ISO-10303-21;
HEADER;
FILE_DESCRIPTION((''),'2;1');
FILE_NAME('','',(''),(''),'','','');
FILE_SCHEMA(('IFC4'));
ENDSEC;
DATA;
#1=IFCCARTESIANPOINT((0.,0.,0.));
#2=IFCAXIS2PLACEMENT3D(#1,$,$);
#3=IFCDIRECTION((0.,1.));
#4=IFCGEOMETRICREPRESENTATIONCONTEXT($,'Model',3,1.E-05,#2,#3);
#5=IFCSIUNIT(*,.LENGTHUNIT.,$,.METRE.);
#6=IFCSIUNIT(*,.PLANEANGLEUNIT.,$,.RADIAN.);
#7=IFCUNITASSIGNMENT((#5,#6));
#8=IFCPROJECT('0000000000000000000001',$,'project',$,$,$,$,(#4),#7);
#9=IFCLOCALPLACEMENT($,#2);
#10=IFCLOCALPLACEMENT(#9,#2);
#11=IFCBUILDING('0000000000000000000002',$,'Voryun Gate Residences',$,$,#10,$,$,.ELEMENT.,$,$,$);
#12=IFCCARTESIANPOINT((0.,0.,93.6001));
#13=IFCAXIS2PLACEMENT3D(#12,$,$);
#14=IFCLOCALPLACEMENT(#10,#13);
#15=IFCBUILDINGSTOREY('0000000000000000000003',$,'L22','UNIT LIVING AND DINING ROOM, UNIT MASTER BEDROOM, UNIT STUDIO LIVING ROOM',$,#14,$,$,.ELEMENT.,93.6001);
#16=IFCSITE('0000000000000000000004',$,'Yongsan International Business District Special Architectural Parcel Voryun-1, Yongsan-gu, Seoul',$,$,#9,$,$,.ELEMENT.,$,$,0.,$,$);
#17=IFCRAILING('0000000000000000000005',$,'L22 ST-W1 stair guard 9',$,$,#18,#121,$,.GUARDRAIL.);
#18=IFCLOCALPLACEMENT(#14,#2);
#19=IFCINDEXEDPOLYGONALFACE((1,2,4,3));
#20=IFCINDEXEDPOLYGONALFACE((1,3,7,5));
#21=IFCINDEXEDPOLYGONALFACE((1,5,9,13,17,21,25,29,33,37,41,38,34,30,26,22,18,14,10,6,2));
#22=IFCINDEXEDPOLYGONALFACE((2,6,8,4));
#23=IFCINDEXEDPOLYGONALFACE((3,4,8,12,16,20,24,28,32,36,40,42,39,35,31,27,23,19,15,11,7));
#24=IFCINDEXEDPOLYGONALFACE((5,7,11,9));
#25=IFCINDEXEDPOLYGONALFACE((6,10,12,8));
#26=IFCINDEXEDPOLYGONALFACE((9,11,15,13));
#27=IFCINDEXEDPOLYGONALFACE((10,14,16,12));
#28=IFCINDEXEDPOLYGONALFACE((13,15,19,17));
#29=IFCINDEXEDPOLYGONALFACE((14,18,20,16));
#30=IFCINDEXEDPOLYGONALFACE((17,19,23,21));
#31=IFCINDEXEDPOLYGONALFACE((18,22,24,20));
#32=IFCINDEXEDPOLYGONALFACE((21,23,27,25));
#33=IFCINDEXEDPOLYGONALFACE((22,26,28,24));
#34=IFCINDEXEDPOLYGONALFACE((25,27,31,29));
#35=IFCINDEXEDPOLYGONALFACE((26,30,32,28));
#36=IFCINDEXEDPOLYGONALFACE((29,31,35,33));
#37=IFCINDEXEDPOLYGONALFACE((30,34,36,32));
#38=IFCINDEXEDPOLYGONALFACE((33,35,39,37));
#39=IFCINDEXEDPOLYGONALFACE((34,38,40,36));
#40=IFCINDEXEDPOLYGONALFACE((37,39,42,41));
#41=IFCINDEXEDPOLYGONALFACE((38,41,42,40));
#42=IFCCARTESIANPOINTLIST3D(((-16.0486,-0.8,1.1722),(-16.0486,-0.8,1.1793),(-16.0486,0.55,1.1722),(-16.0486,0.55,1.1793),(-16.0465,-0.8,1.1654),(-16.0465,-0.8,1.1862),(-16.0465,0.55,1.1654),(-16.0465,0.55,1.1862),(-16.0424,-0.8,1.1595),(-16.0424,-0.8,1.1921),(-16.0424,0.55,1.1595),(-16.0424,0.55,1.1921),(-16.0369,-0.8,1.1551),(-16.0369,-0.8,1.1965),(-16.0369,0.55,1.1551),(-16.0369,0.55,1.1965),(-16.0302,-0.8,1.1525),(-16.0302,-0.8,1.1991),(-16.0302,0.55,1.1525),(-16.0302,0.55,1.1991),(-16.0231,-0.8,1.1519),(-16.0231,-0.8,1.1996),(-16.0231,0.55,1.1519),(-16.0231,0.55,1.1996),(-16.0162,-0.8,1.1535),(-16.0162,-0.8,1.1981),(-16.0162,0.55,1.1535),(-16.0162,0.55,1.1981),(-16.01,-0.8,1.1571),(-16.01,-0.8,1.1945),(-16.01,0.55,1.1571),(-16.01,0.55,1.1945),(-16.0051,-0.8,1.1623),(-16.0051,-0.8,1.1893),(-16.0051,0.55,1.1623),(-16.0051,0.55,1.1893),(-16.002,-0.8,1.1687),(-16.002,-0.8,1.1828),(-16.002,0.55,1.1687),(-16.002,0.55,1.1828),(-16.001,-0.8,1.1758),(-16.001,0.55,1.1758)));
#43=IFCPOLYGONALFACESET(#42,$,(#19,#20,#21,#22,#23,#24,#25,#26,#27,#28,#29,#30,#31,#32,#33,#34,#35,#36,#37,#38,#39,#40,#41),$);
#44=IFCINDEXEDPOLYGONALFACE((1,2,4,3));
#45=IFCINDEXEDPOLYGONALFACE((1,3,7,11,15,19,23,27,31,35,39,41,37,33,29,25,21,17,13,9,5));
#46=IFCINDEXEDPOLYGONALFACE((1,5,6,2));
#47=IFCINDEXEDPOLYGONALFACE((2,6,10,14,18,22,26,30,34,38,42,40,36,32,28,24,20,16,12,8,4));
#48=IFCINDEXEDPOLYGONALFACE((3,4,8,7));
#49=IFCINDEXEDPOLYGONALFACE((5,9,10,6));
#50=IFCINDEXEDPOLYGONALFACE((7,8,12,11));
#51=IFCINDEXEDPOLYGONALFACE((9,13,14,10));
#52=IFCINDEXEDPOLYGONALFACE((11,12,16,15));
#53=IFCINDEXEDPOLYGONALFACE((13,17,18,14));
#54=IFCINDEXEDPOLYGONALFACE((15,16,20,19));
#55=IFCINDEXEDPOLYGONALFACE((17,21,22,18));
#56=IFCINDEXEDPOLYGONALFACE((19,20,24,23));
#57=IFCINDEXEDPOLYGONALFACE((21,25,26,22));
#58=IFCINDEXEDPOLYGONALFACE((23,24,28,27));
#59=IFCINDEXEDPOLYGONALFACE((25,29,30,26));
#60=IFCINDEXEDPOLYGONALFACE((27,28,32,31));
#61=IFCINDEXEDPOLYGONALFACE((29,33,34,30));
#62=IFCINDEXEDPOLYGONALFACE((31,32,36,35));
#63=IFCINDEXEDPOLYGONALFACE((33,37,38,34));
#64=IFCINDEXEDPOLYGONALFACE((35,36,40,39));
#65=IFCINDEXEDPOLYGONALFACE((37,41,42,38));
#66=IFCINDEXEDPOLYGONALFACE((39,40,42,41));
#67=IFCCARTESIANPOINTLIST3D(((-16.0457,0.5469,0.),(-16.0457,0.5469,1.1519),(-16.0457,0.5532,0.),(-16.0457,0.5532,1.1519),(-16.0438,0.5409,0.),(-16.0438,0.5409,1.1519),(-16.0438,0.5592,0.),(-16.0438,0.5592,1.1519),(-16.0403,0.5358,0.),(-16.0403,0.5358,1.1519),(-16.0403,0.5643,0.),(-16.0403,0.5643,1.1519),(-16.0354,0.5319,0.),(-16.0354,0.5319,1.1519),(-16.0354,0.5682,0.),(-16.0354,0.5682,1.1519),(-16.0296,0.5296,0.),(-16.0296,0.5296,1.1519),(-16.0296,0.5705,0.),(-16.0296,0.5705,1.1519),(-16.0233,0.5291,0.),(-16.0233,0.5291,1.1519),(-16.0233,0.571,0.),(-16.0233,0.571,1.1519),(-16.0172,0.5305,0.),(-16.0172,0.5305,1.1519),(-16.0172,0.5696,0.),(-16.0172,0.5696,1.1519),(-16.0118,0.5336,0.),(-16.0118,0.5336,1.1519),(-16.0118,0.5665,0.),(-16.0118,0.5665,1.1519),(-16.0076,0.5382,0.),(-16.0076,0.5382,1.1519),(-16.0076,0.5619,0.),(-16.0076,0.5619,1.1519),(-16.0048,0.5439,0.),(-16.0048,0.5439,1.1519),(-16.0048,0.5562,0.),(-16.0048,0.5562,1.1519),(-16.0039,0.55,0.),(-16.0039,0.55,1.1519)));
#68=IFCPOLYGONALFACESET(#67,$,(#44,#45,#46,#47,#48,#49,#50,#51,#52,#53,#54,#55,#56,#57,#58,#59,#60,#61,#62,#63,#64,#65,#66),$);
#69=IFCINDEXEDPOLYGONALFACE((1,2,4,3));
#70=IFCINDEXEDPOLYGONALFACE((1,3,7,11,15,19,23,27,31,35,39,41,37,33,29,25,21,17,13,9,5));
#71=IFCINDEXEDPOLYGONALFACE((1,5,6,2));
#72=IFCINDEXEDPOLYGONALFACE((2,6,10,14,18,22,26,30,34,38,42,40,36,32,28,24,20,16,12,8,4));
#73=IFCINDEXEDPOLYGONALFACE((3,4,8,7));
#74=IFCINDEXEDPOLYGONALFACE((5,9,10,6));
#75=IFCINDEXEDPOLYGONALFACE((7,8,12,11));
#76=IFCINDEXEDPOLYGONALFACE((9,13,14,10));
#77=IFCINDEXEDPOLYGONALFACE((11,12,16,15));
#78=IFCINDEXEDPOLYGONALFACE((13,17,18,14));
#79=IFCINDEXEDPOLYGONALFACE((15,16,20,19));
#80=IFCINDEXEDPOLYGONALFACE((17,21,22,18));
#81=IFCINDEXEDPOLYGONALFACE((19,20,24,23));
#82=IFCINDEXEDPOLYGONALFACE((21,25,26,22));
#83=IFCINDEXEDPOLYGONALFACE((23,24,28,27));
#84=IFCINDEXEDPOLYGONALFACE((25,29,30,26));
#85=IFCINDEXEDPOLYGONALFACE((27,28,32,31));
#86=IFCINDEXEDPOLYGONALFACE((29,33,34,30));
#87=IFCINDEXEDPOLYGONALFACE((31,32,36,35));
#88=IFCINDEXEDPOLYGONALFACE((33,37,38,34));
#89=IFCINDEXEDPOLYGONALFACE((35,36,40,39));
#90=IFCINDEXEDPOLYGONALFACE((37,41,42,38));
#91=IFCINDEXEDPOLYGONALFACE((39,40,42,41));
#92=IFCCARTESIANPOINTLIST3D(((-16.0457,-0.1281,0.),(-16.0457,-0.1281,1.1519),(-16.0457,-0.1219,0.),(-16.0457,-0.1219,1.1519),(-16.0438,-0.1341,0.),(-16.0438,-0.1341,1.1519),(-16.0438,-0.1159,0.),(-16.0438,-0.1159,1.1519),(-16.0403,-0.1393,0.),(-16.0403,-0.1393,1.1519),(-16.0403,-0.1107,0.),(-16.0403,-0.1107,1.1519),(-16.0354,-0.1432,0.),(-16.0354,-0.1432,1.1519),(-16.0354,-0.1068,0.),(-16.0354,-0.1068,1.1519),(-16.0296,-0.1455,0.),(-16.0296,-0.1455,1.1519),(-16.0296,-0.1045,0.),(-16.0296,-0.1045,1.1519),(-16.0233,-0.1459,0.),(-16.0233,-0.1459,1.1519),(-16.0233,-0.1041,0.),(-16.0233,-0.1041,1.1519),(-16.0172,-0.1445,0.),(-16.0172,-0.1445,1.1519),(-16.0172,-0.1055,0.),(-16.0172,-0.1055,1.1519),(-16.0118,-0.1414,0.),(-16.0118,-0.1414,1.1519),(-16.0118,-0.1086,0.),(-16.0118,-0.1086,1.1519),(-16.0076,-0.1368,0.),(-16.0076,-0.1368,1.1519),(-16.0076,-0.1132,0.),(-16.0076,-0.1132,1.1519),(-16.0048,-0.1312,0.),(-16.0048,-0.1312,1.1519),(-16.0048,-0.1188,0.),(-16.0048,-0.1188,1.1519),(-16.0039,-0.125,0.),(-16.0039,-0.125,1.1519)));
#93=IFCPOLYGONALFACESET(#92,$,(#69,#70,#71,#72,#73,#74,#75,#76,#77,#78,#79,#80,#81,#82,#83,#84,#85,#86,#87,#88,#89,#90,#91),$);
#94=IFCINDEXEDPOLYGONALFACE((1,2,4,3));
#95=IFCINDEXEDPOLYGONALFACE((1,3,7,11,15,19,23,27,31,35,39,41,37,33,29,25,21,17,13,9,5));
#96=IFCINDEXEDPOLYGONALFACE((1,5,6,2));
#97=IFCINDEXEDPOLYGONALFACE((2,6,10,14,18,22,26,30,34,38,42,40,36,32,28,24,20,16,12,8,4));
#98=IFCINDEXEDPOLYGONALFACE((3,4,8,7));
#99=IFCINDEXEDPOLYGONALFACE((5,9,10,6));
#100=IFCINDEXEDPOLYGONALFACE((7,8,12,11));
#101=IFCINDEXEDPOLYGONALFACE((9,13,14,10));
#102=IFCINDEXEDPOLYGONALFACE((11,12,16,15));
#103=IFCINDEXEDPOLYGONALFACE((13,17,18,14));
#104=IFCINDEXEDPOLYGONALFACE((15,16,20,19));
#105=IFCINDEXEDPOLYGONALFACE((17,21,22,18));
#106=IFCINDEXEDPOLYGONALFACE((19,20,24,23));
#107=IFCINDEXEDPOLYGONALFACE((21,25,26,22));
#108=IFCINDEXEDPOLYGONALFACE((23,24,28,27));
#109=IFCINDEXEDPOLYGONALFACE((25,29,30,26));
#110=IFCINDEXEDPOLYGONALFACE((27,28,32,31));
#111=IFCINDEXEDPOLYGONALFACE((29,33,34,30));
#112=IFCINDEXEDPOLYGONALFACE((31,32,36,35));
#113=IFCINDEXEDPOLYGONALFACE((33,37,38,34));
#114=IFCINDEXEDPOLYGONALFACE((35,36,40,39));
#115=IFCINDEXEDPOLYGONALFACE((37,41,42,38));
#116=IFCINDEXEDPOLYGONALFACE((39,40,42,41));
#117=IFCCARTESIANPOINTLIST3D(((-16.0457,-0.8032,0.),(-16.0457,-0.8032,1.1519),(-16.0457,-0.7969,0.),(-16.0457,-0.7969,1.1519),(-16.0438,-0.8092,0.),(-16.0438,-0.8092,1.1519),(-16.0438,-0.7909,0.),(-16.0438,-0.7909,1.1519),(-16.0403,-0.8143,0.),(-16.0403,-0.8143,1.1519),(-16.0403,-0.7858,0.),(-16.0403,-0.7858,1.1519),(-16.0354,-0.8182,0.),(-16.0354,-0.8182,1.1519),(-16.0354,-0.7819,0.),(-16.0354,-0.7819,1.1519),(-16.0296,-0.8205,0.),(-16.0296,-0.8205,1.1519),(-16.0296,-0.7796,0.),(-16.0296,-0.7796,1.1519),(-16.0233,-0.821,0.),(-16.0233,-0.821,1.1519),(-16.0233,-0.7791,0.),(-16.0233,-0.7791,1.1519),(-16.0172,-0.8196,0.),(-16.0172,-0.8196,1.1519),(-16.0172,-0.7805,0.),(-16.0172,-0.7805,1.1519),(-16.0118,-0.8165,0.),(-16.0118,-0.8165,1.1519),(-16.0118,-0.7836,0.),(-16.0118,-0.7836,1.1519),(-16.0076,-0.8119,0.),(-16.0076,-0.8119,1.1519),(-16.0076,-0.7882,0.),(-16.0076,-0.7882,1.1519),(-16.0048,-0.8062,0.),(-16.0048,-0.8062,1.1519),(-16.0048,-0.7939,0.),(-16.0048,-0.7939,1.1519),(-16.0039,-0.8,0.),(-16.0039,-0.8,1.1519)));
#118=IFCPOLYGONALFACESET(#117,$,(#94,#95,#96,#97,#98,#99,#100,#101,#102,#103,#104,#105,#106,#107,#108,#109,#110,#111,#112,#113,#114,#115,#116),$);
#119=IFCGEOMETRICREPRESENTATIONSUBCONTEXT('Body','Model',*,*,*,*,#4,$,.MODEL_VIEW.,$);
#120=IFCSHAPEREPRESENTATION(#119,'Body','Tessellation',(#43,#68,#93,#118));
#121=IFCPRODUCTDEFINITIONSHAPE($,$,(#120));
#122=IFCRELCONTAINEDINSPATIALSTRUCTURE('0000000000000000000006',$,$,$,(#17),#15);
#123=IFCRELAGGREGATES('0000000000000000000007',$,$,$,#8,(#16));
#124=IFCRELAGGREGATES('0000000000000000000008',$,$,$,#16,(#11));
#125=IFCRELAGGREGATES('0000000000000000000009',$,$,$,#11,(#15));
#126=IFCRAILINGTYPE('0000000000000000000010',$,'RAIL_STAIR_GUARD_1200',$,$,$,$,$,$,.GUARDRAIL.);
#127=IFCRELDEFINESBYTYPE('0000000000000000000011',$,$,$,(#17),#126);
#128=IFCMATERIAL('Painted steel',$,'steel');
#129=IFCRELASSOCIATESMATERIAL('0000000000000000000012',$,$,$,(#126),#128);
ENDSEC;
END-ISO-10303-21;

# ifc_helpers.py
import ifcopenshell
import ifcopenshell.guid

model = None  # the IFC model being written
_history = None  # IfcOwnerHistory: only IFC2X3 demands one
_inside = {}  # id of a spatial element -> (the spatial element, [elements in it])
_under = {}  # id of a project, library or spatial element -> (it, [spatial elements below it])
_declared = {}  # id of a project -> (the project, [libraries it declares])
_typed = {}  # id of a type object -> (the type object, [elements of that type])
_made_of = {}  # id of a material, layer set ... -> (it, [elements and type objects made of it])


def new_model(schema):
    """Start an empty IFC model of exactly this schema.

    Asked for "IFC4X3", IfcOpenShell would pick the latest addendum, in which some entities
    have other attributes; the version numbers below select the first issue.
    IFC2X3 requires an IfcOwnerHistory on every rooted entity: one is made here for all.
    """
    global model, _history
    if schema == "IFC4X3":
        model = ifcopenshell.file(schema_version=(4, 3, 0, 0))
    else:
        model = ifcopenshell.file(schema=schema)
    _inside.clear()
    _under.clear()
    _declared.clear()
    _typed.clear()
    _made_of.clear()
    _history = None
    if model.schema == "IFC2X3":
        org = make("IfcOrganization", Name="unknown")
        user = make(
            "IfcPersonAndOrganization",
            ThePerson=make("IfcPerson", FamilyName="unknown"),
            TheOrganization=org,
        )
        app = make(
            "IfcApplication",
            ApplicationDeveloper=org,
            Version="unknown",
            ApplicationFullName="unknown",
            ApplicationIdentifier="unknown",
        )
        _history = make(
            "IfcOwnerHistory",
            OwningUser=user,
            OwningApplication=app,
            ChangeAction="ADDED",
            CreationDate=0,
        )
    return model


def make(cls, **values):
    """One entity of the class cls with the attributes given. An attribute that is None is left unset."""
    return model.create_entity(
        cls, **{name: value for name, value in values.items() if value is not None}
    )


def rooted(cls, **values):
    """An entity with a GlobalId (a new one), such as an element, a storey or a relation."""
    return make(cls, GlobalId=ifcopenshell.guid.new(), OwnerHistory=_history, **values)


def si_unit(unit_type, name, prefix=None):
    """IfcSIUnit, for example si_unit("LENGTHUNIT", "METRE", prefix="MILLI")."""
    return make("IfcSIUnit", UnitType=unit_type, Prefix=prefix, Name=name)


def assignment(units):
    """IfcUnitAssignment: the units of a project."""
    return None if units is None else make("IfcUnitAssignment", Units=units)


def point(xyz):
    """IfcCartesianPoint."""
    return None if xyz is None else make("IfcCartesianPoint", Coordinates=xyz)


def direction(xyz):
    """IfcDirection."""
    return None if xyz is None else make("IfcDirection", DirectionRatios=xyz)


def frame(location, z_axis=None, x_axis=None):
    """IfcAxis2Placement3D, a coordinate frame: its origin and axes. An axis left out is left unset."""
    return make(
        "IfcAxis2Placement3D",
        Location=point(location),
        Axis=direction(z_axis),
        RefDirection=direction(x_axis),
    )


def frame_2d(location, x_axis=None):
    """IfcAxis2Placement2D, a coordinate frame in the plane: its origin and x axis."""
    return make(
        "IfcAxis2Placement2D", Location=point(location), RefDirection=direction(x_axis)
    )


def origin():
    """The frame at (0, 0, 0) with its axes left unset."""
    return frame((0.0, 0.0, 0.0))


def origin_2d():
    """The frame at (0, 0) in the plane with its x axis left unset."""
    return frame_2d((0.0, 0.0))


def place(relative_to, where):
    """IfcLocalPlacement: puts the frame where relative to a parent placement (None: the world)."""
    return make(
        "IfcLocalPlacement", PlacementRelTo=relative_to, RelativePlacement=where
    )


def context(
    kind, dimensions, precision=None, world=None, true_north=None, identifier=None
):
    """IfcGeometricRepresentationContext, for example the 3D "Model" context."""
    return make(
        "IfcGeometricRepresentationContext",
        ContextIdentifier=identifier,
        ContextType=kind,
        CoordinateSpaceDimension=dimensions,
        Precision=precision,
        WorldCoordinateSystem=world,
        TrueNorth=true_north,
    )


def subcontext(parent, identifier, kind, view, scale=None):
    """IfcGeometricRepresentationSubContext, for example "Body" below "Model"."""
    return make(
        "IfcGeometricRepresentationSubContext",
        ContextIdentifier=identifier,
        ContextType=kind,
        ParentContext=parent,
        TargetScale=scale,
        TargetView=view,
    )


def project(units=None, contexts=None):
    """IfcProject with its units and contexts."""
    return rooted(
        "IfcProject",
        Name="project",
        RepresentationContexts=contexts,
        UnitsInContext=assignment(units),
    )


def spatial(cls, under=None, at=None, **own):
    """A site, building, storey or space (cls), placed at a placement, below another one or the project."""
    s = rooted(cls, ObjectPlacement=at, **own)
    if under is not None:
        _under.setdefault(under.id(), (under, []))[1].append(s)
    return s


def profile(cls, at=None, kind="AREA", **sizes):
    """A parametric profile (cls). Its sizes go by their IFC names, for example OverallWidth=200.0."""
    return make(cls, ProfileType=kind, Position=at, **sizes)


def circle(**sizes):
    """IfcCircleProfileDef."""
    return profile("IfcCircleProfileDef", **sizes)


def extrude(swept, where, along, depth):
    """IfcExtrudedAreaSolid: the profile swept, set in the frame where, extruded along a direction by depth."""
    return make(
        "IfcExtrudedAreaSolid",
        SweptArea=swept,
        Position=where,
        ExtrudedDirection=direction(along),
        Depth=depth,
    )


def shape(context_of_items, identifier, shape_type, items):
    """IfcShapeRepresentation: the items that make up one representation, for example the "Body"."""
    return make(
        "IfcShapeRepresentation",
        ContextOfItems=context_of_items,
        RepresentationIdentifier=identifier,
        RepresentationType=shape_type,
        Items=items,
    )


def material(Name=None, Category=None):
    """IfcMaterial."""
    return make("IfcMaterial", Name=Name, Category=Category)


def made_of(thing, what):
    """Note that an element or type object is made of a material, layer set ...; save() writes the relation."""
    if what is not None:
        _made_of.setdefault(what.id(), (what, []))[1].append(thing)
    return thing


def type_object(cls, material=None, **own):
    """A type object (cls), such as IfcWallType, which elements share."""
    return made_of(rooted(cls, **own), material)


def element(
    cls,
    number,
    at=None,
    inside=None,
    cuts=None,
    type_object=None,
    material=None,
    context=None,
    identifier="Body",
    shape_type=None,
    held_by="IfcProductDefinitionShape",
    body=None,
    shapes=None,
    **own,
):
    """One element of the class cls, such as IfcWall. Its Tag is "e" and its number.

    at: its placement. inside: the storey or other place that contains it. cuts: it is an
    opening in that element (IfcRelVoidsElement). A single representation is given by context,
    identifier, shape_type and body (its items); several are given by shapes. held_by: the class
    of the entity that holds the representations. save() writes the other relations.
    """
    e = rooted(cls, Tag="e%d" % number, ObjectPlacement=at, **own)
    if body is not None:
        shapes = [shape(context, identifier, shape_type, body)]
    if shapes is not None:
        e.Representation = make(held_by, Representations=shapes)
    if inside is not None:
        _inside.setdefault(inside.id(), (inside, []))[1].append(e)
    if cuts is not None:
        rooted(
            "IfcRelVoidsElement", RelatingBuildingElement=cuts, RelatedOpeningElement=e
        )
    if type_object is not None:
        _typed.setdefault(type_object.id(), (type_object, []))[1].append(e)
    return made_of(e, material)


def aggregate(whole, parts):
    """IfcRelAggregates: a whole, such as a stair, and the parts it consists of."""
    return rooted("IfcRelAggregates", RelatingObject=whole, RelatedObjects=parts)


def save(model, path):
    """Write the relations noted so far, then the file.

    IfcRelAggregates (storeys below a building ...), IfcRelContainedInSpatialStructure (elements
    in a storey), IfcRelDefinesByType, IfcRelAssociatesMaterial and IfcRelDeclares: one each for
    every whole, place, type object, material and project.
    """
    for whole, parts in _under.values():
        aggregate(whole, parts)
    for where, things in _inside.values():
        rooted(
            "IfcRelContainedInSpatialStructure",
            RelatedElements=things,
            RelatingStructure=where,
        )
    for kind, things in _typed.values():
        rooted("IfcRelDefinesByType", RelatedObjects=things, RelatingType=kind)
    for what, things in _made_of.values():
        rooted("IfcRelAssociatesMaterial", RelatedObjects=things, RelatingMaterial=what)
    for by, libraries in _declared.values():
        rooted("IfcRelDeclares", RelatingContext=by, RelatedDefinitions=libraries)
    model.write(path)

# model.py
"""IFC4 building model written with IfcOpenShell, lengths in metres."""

from ifc_helpers import new_model, si_unit, direction, frame, origin, origin_2d, place, context, subcontext, project, spatial, circle, extrude, material, type_object, element, save


model = new_model("IFC4")

# Units and contexts
model_context = context("Model", 3, precision=1e-05, world=origin(), true_north=direction((0.0, 1.0)))
body_context = subcontext(model_context, "Body", "Model", "MODEL_VIEW")
ifc_project = project(units=[si_unit("LENGTHUNIT", "METRE"), si_unit("PLANEANGLEUNIT", "RADIAN")], contexts=[model_context])

# Site, building, storey
site_placement = place(None, origin())
site = spatial("IfcSite", under=ifc_project, at=site_placement, Name="Yongsan International Business District Special Architectural Parcel Voryun-1, Yongsan-gu, Seoul", CompositionType="ELEMENT", RefElevation=0.0)
building_placement = place(site_placement, origin())
building = spatial("IfcBuilding", under=site, at=building_placement, Name="Voryun Gate Residences", CompositionType="ELEMENT")
storey_placement = place(building_placement, frame((0.0, 0.0, 93.6001)))
storey = spatial("IfcBuildingStorey", under=building, at=storey_placement, Name="L22", Description="UNIT LIVING AND DINING ROOM, UNIT MASTER BEDROOM, UNIT STUDIO LIVING ROOM", CompositionType="ELEMENT", Elevation=93.6001)

# Railing
ifc_material_1 = material(Name="Painted steel", Category="steel")
railing_type = type_object("IfcRailingType", Name="RAIL_STAIR_GUARD_1200", PredefinedType="GUARDRAIL", material=ifc_material_1)
for number, where, name in (
    (1, (-16.0249, 0.55, 0.0), "L22 ST-W1 stair guard 9"),
):
    element("IfcRailing", number, at=place(storey_placement, frame(where)), inside=storey, type_object=railing_type, Name=name, PredefinedType="GUARDRAIL", context=body_context, shape_type="SweptSolid", body=[
        extrude(circle(Radius=0.0239, at=origin_2d()), frame((0.0, 0.0, 1.1758), z_axis=(0.0, -1.0, 0.0), x_axis=(1.0, 0.0, 0.0)), (0.0, 0.0, 1.0), 1.3501),
        extrude(circle(Radius=0.021, at=origin_2d()), origin(), (0.0, 0.0, 1.0), 1.1519),
        extrude(circle(Radius=0.021, at=origin_2d()), frame((0.0, -0.675, 0.0)), (0.0, 0.0, 1.0), 1.1519),
        extrude(circle(Radius=0.021, at=origin_2d()), frame((0.0, -1.3501, 0.0)), (0.0, 0.0, 1.0), 1.1519),
    ])

save(model, "model.ifc")
